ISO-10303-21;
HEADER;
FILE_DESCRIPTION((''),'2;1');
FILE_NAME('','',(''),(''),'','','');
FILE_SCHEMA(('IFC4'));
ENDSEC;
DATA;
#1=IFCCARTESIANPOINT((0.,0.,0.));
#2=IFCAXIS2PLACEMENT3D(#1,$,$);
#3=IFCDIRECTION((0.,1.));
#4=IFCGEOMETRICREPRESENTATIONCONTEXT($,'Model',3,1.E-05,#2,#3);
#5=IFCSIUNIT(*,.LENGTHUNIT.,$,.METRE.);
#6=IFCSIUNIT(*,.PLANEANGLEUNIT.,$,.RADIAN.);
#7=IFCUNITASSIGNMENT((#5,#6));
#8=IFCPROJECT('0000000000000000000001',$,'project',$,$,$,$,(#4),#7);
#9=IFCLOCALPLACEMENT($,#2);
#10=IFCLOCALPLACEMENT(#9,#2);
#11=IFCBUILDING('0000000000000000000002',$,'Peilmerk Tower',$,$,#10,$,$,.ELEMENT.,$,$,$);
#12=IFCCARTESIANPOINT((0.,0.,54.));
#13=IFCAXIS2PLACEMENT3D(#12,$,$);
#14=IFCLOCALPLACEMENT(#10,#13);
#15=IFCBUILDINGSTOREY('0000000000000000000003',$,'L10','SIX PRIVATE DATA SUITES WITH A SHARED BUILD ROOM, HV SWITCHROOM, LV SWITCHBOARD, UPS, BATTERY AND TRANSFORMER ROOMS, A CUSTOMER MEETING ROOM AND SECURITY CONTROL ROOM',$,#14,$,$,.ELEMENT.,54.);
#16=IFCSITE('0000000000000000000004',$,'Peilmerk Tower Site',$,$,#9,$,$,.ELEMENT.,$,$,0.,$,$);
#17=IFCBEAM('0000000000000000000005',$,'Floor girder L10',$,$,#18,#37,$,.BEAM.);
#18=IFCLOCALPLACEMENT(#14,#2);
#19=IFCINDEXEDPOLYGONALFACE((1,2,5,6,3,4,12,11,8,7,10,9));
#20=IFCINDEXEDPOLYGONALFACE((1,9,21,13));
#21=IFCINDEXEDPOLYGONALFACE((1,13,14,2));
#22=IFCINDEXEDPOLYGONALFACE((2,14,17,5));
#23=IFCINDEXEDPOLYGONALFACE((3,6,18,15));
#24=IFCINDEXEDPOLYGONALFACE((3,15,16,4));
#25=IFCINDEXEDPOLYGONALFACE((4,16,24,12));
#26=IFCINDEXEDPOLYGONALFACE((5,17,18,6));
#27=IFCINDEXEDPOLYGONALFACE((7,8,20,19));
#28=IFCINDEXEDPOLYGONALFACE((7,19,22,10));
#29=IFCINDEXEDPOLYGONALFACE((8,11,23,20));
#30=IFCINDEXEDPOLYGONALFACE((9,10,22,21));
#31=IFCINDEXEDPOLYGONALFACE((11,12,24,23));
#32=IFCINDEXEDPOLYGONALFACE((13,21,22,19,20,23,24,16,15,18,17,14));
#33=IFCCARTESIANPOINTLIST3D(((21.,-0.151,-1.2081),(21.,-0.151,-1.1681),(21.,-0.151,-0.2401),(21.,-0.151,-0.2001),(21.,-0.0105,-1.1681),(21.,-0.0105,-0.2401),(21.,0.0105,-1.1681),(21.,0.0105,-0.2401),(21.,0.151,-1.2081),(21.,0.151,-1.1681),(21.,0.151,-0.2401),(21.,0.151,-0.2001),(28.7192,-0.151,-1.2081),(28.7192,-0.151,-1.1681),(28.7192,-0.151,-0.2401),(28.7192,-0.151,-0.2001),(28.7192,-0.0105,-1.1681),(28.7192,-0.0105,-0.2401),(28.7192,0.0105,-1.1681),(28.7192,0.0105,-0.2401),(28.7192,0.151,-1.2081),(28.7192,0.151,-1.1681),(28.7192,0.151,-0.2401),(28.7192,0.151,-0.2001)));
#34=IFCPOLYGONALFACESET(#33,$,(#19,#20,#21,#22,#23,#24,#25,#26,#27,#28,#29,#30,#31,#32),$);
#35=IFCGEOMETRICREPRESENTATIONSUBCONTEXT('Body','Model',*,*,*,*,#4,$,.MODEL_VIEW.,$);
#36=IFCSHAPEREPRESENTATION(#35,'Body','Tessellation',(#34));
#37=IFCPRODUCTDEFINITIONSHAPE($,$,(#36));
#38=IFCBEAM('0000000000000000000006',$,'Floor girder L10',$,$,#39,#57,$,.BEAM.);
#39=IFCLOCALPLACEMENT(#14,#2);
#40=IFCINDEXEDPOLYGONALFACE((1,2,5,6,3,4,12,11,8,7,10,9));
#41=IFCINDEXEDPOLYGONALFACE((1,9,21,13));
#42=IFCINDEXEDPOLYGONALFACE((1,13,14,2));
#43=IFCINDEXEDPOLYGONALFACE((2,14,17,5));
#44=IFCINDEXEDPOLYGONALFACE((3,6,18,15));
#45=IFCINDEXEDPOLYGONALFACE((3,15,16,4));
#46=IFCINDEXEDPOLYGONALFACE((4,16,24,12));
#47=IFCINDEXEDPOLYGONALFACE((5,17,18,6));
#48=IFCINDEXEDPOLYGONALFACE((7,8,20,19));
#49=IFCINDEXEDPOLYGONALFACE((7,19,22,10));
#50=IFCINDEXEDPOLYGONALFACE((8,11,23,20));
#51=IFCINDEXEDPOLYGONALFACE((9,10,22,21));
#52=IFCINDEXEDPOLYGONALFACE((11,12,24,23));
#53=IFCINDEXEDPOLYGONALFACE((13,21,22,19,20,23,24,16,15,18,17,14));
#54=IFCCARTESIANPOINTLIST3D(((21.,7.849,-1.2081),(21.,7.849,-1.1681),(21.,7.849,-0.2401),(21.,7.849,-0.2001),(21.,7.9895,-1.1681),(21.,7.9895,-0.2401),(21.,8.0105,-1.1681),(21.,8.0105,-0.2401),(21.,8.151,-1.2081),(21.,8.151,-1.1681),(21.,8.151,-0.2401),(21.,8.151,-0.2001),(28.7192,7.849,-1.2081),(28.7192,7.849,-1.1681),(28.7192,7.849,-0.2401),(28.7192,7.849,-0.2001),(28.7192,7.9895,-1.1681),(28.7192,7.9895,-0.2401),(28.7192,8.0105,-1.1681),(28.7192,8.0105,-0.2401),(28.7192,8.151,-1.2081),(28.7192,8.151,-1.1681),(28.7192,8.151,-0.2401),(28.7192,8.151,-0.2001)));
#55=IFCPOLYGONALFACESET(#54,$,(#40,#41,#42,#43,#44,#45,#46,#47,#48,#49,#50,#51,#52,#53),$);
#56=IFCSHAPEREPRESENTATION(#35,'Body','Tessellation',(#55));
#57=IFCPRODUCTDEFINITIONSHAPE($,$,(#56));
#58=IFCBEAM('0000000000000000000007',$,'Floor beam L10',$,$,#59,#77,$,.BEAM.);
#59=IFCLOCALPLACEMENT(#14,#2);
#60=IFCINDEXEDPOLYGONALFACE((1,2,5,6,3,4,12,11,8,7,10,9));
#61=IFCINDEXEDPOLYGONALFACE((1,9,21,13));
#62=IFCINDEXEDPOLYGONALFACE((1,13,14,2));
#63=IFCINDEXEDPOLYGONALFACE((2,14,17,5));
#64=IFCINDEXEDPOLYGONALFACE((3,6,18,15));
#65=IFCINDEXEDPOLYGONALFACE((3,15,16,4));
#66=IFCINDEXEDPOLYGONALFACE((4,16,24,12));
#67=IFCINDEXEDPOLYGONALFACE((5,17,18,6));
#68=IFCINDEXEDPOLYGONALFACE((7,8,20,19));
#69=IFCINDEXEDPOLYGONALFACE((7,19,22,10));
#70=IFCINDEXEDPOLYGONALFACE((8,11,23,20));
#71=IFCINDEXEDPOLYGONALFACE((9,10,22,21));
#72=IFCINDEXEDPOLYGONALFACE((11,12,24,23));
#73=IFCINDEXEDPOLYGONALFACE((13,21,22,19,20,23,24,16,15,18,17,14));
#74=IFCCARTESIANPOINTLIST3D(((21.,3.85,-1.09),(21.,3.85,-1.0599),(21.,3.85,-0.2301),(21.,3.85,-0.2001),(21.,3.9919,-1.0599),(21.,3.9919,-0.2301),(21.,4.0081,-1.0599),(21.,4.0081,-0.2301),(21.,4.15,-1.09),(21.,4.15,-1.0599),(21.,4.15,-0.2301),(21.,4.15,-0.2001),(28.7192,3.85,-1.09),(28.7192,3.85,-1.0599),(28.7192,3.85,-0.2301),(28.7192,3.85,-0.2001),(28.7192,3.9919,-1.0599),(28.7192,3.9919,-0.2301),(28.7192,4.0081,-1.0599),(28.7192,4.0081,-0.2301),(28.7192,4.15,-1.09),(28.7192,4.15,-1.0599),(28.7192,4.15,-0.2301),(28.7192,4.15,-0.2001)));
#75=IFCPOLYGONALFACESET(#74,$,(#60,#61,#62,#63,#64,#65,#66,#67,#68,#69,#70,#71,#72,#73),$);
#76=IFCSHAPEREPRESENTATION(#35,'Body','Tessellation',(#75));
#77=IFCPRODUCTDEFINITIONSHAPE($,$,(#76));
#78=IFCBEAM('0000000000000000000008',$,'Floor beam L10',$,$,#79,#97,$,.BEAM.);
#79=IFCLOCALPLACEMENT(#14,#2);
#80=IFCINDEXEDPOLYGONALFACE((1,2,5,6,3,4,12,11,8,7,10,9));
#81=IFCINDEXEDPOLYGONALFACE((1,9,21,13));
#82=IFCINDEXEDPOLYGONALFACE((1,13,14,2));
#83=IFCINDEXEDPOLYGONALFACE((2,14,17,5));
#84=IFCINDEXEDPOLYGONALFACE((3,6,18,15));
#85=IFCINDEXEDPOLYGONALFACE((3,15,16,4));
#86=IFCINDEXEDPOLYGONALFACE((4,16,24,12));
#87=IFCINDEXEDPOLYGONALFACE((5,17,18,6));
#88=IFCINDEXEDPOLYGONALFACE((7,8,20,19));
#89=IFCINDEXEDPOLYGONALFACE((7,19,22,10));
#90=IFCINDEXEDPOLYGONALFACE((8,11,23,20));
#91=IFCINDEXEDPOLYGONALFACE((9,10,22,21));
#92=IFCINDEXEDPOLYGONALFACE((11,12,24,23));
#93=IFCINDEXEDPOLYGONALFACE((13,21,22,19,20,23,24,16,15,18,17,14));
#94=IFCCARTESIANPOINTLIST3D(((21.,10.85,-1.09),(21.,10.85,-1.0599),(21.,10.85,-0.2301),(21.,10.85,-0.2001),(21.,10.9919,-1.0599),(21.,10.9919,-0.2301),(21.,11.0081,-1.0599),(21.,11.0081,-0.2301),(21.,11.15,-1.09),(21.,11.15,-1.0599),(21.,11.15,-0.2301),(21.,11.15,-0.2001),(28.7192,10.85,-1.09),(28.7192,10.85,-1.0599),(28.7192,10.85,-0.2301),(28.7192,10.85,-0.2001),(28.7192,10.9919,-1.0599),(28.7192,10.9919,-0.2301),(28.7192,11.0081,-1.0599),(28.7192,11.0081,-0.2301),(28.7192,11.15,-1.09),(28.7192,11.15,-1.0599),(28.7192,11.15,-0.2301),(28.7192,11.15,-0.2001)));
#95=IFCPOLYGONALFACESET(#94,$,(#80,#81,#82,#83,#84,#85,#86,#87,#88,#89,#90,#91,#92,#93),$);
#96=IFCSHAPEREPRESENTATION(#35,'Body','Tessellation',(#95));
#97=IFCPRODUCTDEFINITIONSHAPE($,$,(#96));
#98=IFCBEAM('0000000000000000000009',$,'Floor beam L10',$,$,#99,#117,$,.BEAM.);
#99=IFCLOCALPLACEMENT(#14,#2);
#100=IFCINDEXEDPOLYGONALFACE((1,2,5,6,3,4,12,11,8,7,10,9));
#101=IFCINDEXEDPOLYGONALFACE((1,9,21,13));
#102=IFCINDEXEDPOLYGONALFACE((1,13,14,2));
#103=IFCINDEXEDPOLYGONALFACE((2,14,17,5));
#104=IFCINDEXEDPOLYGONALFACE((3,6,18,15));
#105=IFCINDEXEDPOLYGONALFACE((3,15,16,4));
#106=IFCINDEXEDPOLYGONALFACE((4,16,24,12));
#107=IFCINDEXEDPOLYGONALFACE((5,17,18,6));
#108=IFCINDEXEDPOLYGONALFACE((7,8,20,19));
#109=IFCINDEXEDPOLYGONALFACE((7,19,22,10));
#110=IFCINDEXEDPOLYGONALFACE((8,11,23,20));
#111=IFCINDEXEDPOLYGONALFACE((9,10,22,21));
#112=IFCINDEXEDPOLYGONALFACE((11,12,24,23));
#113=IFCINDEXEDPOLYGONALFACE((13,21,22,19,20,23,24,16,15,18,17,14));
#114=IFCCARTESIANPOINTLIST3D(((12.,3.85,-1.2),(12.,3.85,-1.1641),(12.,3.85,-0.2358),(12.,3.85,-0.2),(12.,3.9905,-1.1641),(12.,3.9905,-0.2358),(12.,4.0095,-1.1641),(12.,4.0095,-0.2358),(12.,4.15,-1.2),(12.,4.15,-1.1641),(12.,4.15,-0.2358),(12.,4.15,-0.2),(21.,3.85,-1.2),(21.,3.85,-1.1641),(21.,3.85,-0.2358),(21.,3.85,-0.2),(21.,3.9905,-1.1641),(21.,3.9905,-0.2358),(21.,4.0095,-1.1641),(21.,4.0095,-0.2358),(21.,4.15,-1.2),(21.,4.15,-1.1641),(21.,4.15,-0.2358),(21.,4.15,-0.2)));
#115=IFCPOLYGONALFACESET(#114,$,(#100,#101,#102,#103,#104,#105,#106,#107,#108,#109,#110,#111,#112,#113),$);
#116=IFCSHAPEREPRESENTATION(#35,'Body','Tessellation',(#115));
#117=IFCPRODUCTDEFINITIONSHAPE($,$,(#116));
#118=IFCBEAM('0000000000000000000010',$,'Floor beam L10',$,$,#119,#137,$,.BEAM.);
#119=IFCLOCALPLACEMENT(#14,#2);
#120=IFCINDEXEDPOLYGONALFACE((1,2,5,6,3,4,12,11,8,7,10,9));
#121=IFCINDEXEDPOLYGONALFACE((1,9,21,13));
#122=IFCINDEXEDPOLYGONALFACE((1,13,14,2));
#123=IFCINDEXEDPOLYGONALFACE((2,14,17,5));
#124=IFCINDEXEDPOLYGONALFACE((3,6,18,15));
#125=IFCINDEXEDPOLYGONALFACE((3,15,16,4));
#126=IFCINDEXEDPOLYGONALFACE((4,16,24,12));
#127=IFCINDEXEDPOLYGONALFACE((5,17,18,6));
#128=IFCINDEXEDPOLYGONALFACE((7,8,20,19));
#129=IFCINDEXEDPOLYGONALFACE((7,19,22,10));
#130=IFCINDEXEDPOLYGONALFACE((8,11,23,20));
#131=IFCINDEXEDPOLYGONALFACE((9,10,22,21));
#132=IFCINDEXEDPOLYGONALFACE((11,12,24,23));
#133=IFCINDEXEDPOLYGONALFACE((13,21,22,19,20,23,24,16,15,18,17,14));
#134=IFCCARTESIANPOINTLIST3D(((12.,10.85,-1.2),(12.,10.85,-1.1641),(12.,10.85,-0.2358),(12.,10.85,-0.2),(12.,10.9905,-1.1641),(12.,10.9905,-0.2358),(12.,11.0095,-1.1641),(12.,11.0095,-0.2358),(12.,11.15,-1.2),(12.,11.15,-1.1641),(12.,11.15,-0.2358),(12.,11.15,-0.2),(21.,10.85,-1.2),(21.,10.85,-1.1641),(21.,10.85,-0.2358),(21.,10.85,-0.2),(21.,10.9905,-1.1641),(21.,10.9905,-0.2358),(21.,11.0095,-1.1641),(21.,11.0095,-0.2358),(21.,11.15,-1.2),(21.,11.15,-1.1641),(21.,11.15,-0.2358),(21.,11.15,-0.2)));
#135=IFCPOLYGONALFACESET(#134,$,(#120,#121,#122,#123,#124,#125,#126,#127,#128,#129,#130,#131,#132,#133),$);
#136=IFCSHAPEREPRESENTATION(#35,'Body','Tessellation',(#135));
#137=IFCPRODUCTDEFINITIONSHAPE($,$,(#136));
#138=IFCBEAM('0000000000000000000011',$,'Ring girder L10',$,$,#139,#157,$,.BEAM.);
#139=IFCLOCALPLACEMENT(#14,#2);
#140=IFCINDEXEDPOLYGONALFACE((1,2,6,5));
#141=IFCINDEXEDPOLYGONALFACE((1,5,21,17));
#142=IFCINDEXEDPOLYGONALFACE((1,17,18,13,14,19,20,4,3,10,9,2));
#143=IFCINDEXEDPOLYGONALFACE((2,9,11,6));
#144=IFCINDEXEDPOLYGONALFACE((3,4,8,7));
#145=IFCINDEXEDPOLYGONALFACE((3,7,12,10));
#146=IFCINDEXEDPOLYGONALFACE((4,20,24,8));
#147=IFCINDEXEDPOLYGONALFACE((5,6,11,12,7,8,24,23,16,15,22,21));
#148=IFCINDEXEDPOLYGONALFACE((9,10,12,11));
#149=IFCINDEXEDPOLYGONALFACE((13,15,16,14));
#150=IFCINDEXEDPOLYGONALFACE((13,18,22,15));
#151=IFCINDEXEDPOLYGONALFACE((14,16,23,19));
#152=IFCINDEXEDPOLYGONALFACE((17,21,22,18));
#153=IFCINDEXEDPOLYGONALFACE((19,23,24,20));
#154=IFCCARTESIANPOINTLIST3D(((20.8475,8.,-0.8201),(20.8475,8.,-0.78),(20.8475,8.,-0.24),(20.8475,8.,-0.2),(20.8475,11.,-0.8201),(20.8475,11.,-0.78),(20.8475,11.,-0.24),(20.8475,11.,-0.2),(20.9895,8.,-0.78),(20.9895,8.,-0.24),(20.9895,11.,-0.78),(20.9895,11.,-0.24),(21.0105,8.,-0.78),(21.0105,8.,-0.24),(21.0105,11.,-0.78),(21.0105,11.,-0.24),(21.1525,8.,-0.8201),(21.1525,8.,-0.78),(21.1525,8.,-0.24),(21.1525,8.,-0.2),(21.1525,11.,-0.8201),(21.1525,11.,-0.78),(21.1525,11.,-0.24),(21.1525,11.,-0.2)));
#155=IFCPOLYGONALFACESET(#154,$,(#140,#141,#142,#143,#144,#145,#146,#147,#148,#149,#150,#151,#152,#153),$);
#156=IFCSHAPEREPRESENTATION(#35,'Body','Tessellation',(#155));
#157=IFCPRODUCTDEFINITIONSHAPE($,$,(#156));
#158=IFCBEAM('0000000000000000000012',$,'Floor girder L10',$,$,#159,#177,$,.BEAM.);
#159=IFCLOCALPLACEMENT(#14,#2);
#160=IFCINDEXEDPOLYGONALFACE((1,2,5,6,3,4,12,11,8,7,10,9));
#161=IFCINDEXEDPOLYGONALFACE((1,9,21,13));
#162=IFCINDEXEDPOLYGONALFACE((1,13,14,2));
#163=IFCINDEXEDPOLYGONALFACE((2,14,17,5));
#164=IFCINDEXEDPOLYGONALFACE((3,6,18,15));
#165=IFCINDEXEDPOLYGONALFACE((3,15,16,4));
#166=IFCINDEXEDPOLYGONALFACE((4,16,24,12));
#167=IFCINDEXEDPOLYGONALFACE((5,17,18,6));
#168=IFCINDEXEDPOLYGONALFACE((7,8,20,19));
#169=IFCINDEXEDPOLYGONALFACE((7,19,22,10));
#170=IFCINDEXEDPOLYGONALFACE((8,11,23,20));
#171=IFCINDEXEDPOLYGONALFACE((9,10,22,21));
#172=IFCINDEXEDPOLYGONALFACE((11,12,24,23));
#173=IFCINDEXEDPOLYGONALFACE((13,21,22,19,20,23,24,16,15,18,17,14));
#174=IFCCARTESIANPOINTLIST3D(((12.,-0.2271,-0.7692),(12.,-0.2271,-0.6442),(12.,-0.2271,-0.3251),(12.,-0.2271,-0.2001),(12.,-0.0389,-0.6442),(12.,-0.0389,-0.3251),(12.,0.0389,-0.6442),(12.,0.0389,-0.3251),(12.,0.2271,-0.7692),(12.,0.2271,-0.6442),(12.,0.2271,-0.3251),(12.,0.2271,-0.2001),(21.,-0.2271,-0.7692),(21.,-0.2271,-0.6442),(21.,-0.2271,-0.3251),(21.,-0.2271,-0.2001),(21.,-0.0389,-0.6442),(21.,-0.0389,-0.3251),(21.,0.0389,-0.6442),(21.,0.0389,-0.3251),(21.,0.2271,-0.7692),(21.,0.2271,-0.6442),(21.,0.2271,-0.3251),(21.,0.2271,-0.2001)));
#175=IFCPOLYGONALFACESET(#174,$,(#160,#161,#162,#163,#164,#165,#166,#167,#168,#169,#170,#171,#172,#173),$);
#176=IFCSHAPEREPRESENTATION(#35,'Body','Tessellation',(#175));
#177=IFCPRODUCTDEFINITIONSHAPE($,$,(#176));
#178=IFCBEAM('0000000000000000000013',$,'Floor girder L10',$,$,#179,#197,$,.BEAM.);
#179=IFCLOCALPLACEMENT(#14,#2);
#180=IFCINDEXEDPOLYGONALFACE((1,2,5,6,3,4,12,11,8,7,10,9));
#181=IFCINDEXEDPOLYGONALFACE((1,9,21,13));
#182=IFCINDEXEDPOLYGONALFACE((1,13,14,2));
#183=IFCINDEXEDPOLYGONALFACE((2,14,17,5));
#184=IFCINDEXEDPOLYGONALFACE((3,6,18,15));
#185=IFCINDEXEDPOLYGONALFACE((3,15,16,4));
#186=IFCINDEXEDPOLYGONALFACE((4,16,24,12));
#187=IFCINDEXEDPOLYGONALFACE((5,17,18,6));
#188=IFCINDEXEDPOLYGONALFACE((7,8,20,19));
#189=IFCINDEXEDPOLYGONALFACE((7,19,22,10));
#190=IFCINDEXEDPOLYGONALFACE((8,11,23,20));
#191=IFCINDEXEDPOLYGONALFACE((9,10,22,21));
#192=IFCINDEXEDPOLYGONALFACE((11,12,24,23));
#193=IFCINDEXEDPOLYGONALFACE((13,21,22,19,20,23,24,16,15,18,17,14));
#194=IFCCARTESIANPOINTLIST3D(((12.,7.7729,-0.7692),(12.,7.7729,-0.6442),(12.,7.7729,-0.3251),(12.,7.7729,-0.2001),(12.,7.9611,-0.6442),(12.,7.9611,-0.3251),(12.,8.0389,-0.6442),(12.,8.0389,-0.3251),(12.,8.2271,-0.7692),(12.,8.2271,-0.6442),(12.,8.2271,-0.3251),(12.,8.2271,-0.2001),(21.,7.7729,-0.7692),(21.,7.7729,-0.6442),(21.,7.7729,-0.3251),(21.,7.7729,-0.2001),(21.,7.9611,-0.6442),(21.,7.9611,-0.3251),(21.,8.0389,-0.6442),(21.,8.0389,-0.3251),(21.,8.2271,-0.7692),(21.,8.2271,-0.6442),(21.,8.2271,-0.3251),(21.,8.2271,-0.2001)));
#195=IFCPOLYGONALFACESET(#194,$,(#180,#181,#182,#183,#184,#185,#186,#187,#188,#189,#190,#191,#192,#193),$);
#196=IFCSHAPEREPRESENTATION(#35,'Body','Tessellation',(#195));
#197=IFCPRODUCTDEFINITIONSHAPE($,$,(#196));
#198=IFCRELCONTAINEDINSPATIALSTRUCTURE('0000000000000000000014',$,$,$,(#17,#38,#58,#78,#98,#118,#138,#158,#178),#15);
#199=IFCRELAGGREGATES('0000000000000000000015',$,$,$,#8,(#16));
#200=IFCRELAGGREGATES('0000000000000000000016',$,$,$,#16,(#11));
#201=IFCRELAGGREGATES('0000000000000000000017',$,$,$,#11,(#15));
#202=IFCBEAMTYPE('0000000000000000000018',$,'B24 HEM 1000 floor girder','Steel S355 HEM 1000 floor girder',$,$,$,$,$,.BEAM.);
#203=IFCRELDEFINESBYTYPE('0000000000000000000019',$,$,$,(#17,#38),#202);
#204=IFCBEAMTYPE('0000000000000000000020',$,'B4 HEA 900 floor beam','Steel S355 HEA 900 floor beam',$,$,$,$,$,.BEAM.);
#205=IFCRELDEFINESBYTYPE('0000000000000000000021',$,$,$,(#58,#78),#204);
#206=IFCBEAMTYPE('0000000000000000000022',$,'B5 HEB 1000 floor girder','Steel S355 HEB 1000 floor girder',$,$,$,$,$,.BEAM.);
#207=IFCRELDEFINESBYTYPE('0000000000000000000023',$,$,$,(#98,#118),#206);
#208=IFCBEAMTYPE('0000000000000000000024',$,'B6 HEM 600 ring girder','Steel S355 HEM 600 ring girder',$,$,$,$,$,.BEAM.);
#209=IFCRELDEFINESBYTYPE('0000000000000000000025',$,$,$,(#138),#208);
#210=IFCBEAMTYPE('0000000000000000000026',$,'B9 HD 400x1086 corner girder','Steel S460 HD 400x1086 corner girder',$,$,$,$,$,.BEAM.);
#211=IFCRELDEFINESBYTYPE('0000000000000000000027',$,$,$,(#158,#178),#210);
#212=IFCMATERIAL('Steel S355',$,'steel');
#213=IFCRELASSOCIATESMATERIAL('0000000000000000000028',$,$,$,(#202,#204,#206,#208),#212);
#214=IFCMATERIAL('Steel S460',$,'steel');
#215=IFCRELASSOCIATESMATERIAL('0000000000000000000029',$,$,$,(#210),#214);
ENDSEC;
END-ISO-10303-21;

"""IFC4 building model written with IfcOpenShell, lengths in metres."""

from ifc_helpers import new_model, si_unit, direction, frame, origin, origin_2d, place, context, subcontext, project, spatial, i_section, extrude, material, material_profile, profile_set, type_object, element, save


model = new_model("IFC4")

# Units and contexts
model_context = context("Model", 3, precision=1e-05, world=origin(), true_north=direction((0.0, 1.0)))
body_context = subcontext(model_context, "Body", "Model", "MODEL_VIEW")
ifc_project = project(units=[si_unit("LENGTHUNIT", "METRE"), si_unit("PLANEANGLEUNIT", "RADIAN")], contexts=[model_context])

# Site, building, storey
site_placement = place(None, origin())
site = spatial("IfcSite", under=ifc_project, at=site_placement, Name="Peilmerk Tower Site", CompositionType="ELEMENT", RefElevation=0.0)
building_placement = place(site_placement, origin())
building = spatial("IfcBuilding", under=site, at=building_placement, Name="Peilmerk Tower", CompositionType="ELEMENT")
storey_placement = place(building_placement, frame((0.0, 0.0, 54.0)))
storey = spatial("IfcBuildingStorey", under=building, at=storey_placement, Name="L10", Description="SIX PRIVATE DATA SUITES WITH A SHARED BUILD ROOM, HV SWITCHROOM, LV SWITCHBOARD, UPS, BATTERY AND TRANSFORMER ROOMS, A CUSTOMER MEETING ROOM AND SECURITY CONTROL ROOM", CompositionType="ELEMENT", Elevation=54.0)

# Beams
ifc_material_1 = material(Name="Steel S355", Category="steel")
ifc_material_profile_1 = material_profile(ifc_material_1, i_section(OverallWidth=0.302, OverallDepth=1.0081, WebThickness=0.021, FlangeThickness=0.04, at=origin_2d()), Name="HEM 1000")
ifc_profile_set_1 = profile_set([ifc_material_profile_1], Name="Steel S355")
beam_type_1 = type_object("IfcBeamType", Name="B24 HEM 1000 floor girder", Description="Steel S355 HEM 1000 floor girder", PredefinedType="BEAM", material=ifc_profile_set_1)
for number, where, z_axis, x_axis, name in (
    (1, (21.0, 0.0, -0.7041), (1.0, 0.0, 0.0), (0.0, 1.0, 0.0), "Floor girder L10"),
    (2, (21.0, 8.0, -0.7041), (1.0, 0.0, 0.0), (0.0, 1.0, 0.0), "Floor girder L10"),
):
    element("IfcBeam", number, at=place(storey_placement, frame(where, z_axis=z_axis, x_axis=x_axis)), inside=storey, type_object=beam_type_1, Name=name, PredefinedType="BEAM", context=body_context, shape_type="SweptSolid", body=[
        extrude(i_section(OverallWidth=0.302, OverallDepth=1.0081, WebThickness=0.021, FlangeThickness=0.04, at=origin_2d()), origin(), (0.0, 0.0, 1.0), 7.7192),
    ])
ifc_material_profile_2 = material_profile(ifc_material_1, i_section(OverallWidth=0.3, OverallDepth=0.8899, WebThickness=0.0161, FlangeThickness=0.03, at=origin_2d()), Name="HEA 900")
ifc_profile_set_2 = profile_set([ifc_material_profile_2], Name="Steel S355")
beam_type_2 = type_object("IfcBeamType", Name="B4 HEA 900 floor beam", Description="Steel S355 HEA 900 floor beam", PredefinedType="BEAM", material=ifc_profile_set_2)
for number, where, z_axis, x_axis, name in (
    (3, (21.0, 4.0, -0.645), (1.0, 0.0, 0.0), (0.0, 1.0, 0.0), "Floor beam L10"),
    (4, (21.0, 11.0, -0.645), (1.0, 0.0, 0.0), (0.0, 1.0, 0.0), "Floor beam L10"),
):
    element("IfcBeam", number, at=place(storey_placement, frame(where, z_axis=z_axis, x_axis=x_axis)), inside=storey, type_object=beam_type_2, Name=name, PredefinedType="BEAM", context=body_context, shape_type="SweptSolid", body=[
        extrude(i_section(OverallWidth=0.3, OverallDepth=0.8899, WebThickness=0.0161, FlangeThickness=0.03, at=origin_2d()), origin(), (0.0, 0.0, 1.0), 7.7192),
    ])
ifc_material_profile_3 = material_profile(ifc_material_1, i_section(OverallWidth=0.3, OverallDepth=1.0, WebThickness=0.019, FlangeThickness=0.0359, at=origin_2d()), Name="HEB 1000")
ifc_profile_set_3 = profile_set([ifc_material_profile_3], Name="Steel S355")
beam_type_3 = type_object("IfcBeamType", Name="B5 HEB 1000 floor girder", Description="Steel S355 HEB 1000 floor girder", PredefinedType="BEAM", material=ifc_profile_set_3)
for number, where, z_axis, x_axis, name in (
    (5, (12.0, 4.0, -0.7), (1.0, 0.0, 0.0), (0.0, 1.0, 0.0), "Floor beam L10"),
    (6, (12.0, 11.0, -0.7), (1.0, 0.0, 0.0), (0.0, 1.0, 0.0), "Floor beam L10"),
):
    element("IfcBeam", number, at=place(storey_placement, frame(where, z_axis=z_axis, x_axis=x_axis)), inside=storey, type_object=beam_type_3, Name=name, PredefinedType="BEAM", context=body_context, shape_type="SweptSolid", body=[
        extrude(i_section(OverallWidth=0.3, OverallDepth=1.0, WebThickness=0.019, FlangeThickness=0.0359, at=origin_2d()), origin(), (0.0, 0.0, 1.0), 9.0),
    ])
ifc_material_profile_4 = material_profile(ifc_material_1, i_section(OverallWidth=0.3049, OverallDepth=0.6201, WebThickness=0.021, FlangeThickness=0.04, at=origin_2d()), Name="HEM 600")
ifc_profile_set_4 = profile_set([ifc_material_profile_4], Name="Steel S355")
beam_type_4 = type_object("IfcBeamType", Name="B6 HEM 600 ring girder", Description="Steel S355 HEM 600 ring girder", PredefinedType="BEAM", material=ifc_profile_set_4)
beam_1_placement = place(storey_placement, frame((21.0, 8.0, -0.51), z_axis=(0.0, 1.0, 0.0), x_axis=(-1.0, 0.0, 0.0)))
element("IfcBeam", 7, at=beam_1_placement, inside=storey, type_object=beam_type_4, Name="Ring girder L10", PredefinedType="BEAM", context=body_context, shape_type="SweptSolid", body=[
    extrude(i_section(OverallWidth=0.3049, OverallDepth=0.6201, WebThickness=0.021, FlangeThickness=0.04, at=origin_2d()), origin(), (0.0, 0.0, 1.0), 3.0),
])
ifc_material_2 = material(Name="Steel S460", Category="steel")
ifc_material_profile_5 = material_profile(ifc_material_2, i_section(OverallWidth=0.4541, OverallDepth=0.5691, WebThickness=0.0779, FlangeThickness=0.125, at=origin_2d()), Name="HD 400x1086")
ifc_profile_set_5 = profile_set([ifc_material_profile_5], Name="Steel S460")
beam_type_5 = type_object("IfcBeamType", Name="B9 HD 400x1086 corner girder", Description="Steel S460 HD 400x1086 corner girder", PredefinedType="BEAM", material=ifc_profile_set_5)
for number, where, z_axis, x_axis, name in (
    (8, (12.0, 0.0, -0.4846), (1.0, 0.0, 0.0), (0.0, 1.0, 0.0), "Floor girder L10"),
    (9, (12.0, 8.0, -0.4846), (1.0, 0.0, 0.0), (0.0, 1.0, 0.0), "Floor girder L10"),
):
    element("IfcBeam", number, at=place(storey_placement, frame(where, z_axis=z_axis, x_axis=x_axis)), inside=storey, type_object=beam_type_5, Name=name, PredefinedType="BEAM", context=body_context, shape_type="SweptSolid", body=[
        extrude(i_section(OverallWidth=0.4541, OverallDepth=0.5691, WebThickness=0.0779, FlangeThickness=0.125, at=origin_2d()), origin(), (0.0, 0.0, 1.0), 9.0),
    ])

save(model, "model.ifc")
